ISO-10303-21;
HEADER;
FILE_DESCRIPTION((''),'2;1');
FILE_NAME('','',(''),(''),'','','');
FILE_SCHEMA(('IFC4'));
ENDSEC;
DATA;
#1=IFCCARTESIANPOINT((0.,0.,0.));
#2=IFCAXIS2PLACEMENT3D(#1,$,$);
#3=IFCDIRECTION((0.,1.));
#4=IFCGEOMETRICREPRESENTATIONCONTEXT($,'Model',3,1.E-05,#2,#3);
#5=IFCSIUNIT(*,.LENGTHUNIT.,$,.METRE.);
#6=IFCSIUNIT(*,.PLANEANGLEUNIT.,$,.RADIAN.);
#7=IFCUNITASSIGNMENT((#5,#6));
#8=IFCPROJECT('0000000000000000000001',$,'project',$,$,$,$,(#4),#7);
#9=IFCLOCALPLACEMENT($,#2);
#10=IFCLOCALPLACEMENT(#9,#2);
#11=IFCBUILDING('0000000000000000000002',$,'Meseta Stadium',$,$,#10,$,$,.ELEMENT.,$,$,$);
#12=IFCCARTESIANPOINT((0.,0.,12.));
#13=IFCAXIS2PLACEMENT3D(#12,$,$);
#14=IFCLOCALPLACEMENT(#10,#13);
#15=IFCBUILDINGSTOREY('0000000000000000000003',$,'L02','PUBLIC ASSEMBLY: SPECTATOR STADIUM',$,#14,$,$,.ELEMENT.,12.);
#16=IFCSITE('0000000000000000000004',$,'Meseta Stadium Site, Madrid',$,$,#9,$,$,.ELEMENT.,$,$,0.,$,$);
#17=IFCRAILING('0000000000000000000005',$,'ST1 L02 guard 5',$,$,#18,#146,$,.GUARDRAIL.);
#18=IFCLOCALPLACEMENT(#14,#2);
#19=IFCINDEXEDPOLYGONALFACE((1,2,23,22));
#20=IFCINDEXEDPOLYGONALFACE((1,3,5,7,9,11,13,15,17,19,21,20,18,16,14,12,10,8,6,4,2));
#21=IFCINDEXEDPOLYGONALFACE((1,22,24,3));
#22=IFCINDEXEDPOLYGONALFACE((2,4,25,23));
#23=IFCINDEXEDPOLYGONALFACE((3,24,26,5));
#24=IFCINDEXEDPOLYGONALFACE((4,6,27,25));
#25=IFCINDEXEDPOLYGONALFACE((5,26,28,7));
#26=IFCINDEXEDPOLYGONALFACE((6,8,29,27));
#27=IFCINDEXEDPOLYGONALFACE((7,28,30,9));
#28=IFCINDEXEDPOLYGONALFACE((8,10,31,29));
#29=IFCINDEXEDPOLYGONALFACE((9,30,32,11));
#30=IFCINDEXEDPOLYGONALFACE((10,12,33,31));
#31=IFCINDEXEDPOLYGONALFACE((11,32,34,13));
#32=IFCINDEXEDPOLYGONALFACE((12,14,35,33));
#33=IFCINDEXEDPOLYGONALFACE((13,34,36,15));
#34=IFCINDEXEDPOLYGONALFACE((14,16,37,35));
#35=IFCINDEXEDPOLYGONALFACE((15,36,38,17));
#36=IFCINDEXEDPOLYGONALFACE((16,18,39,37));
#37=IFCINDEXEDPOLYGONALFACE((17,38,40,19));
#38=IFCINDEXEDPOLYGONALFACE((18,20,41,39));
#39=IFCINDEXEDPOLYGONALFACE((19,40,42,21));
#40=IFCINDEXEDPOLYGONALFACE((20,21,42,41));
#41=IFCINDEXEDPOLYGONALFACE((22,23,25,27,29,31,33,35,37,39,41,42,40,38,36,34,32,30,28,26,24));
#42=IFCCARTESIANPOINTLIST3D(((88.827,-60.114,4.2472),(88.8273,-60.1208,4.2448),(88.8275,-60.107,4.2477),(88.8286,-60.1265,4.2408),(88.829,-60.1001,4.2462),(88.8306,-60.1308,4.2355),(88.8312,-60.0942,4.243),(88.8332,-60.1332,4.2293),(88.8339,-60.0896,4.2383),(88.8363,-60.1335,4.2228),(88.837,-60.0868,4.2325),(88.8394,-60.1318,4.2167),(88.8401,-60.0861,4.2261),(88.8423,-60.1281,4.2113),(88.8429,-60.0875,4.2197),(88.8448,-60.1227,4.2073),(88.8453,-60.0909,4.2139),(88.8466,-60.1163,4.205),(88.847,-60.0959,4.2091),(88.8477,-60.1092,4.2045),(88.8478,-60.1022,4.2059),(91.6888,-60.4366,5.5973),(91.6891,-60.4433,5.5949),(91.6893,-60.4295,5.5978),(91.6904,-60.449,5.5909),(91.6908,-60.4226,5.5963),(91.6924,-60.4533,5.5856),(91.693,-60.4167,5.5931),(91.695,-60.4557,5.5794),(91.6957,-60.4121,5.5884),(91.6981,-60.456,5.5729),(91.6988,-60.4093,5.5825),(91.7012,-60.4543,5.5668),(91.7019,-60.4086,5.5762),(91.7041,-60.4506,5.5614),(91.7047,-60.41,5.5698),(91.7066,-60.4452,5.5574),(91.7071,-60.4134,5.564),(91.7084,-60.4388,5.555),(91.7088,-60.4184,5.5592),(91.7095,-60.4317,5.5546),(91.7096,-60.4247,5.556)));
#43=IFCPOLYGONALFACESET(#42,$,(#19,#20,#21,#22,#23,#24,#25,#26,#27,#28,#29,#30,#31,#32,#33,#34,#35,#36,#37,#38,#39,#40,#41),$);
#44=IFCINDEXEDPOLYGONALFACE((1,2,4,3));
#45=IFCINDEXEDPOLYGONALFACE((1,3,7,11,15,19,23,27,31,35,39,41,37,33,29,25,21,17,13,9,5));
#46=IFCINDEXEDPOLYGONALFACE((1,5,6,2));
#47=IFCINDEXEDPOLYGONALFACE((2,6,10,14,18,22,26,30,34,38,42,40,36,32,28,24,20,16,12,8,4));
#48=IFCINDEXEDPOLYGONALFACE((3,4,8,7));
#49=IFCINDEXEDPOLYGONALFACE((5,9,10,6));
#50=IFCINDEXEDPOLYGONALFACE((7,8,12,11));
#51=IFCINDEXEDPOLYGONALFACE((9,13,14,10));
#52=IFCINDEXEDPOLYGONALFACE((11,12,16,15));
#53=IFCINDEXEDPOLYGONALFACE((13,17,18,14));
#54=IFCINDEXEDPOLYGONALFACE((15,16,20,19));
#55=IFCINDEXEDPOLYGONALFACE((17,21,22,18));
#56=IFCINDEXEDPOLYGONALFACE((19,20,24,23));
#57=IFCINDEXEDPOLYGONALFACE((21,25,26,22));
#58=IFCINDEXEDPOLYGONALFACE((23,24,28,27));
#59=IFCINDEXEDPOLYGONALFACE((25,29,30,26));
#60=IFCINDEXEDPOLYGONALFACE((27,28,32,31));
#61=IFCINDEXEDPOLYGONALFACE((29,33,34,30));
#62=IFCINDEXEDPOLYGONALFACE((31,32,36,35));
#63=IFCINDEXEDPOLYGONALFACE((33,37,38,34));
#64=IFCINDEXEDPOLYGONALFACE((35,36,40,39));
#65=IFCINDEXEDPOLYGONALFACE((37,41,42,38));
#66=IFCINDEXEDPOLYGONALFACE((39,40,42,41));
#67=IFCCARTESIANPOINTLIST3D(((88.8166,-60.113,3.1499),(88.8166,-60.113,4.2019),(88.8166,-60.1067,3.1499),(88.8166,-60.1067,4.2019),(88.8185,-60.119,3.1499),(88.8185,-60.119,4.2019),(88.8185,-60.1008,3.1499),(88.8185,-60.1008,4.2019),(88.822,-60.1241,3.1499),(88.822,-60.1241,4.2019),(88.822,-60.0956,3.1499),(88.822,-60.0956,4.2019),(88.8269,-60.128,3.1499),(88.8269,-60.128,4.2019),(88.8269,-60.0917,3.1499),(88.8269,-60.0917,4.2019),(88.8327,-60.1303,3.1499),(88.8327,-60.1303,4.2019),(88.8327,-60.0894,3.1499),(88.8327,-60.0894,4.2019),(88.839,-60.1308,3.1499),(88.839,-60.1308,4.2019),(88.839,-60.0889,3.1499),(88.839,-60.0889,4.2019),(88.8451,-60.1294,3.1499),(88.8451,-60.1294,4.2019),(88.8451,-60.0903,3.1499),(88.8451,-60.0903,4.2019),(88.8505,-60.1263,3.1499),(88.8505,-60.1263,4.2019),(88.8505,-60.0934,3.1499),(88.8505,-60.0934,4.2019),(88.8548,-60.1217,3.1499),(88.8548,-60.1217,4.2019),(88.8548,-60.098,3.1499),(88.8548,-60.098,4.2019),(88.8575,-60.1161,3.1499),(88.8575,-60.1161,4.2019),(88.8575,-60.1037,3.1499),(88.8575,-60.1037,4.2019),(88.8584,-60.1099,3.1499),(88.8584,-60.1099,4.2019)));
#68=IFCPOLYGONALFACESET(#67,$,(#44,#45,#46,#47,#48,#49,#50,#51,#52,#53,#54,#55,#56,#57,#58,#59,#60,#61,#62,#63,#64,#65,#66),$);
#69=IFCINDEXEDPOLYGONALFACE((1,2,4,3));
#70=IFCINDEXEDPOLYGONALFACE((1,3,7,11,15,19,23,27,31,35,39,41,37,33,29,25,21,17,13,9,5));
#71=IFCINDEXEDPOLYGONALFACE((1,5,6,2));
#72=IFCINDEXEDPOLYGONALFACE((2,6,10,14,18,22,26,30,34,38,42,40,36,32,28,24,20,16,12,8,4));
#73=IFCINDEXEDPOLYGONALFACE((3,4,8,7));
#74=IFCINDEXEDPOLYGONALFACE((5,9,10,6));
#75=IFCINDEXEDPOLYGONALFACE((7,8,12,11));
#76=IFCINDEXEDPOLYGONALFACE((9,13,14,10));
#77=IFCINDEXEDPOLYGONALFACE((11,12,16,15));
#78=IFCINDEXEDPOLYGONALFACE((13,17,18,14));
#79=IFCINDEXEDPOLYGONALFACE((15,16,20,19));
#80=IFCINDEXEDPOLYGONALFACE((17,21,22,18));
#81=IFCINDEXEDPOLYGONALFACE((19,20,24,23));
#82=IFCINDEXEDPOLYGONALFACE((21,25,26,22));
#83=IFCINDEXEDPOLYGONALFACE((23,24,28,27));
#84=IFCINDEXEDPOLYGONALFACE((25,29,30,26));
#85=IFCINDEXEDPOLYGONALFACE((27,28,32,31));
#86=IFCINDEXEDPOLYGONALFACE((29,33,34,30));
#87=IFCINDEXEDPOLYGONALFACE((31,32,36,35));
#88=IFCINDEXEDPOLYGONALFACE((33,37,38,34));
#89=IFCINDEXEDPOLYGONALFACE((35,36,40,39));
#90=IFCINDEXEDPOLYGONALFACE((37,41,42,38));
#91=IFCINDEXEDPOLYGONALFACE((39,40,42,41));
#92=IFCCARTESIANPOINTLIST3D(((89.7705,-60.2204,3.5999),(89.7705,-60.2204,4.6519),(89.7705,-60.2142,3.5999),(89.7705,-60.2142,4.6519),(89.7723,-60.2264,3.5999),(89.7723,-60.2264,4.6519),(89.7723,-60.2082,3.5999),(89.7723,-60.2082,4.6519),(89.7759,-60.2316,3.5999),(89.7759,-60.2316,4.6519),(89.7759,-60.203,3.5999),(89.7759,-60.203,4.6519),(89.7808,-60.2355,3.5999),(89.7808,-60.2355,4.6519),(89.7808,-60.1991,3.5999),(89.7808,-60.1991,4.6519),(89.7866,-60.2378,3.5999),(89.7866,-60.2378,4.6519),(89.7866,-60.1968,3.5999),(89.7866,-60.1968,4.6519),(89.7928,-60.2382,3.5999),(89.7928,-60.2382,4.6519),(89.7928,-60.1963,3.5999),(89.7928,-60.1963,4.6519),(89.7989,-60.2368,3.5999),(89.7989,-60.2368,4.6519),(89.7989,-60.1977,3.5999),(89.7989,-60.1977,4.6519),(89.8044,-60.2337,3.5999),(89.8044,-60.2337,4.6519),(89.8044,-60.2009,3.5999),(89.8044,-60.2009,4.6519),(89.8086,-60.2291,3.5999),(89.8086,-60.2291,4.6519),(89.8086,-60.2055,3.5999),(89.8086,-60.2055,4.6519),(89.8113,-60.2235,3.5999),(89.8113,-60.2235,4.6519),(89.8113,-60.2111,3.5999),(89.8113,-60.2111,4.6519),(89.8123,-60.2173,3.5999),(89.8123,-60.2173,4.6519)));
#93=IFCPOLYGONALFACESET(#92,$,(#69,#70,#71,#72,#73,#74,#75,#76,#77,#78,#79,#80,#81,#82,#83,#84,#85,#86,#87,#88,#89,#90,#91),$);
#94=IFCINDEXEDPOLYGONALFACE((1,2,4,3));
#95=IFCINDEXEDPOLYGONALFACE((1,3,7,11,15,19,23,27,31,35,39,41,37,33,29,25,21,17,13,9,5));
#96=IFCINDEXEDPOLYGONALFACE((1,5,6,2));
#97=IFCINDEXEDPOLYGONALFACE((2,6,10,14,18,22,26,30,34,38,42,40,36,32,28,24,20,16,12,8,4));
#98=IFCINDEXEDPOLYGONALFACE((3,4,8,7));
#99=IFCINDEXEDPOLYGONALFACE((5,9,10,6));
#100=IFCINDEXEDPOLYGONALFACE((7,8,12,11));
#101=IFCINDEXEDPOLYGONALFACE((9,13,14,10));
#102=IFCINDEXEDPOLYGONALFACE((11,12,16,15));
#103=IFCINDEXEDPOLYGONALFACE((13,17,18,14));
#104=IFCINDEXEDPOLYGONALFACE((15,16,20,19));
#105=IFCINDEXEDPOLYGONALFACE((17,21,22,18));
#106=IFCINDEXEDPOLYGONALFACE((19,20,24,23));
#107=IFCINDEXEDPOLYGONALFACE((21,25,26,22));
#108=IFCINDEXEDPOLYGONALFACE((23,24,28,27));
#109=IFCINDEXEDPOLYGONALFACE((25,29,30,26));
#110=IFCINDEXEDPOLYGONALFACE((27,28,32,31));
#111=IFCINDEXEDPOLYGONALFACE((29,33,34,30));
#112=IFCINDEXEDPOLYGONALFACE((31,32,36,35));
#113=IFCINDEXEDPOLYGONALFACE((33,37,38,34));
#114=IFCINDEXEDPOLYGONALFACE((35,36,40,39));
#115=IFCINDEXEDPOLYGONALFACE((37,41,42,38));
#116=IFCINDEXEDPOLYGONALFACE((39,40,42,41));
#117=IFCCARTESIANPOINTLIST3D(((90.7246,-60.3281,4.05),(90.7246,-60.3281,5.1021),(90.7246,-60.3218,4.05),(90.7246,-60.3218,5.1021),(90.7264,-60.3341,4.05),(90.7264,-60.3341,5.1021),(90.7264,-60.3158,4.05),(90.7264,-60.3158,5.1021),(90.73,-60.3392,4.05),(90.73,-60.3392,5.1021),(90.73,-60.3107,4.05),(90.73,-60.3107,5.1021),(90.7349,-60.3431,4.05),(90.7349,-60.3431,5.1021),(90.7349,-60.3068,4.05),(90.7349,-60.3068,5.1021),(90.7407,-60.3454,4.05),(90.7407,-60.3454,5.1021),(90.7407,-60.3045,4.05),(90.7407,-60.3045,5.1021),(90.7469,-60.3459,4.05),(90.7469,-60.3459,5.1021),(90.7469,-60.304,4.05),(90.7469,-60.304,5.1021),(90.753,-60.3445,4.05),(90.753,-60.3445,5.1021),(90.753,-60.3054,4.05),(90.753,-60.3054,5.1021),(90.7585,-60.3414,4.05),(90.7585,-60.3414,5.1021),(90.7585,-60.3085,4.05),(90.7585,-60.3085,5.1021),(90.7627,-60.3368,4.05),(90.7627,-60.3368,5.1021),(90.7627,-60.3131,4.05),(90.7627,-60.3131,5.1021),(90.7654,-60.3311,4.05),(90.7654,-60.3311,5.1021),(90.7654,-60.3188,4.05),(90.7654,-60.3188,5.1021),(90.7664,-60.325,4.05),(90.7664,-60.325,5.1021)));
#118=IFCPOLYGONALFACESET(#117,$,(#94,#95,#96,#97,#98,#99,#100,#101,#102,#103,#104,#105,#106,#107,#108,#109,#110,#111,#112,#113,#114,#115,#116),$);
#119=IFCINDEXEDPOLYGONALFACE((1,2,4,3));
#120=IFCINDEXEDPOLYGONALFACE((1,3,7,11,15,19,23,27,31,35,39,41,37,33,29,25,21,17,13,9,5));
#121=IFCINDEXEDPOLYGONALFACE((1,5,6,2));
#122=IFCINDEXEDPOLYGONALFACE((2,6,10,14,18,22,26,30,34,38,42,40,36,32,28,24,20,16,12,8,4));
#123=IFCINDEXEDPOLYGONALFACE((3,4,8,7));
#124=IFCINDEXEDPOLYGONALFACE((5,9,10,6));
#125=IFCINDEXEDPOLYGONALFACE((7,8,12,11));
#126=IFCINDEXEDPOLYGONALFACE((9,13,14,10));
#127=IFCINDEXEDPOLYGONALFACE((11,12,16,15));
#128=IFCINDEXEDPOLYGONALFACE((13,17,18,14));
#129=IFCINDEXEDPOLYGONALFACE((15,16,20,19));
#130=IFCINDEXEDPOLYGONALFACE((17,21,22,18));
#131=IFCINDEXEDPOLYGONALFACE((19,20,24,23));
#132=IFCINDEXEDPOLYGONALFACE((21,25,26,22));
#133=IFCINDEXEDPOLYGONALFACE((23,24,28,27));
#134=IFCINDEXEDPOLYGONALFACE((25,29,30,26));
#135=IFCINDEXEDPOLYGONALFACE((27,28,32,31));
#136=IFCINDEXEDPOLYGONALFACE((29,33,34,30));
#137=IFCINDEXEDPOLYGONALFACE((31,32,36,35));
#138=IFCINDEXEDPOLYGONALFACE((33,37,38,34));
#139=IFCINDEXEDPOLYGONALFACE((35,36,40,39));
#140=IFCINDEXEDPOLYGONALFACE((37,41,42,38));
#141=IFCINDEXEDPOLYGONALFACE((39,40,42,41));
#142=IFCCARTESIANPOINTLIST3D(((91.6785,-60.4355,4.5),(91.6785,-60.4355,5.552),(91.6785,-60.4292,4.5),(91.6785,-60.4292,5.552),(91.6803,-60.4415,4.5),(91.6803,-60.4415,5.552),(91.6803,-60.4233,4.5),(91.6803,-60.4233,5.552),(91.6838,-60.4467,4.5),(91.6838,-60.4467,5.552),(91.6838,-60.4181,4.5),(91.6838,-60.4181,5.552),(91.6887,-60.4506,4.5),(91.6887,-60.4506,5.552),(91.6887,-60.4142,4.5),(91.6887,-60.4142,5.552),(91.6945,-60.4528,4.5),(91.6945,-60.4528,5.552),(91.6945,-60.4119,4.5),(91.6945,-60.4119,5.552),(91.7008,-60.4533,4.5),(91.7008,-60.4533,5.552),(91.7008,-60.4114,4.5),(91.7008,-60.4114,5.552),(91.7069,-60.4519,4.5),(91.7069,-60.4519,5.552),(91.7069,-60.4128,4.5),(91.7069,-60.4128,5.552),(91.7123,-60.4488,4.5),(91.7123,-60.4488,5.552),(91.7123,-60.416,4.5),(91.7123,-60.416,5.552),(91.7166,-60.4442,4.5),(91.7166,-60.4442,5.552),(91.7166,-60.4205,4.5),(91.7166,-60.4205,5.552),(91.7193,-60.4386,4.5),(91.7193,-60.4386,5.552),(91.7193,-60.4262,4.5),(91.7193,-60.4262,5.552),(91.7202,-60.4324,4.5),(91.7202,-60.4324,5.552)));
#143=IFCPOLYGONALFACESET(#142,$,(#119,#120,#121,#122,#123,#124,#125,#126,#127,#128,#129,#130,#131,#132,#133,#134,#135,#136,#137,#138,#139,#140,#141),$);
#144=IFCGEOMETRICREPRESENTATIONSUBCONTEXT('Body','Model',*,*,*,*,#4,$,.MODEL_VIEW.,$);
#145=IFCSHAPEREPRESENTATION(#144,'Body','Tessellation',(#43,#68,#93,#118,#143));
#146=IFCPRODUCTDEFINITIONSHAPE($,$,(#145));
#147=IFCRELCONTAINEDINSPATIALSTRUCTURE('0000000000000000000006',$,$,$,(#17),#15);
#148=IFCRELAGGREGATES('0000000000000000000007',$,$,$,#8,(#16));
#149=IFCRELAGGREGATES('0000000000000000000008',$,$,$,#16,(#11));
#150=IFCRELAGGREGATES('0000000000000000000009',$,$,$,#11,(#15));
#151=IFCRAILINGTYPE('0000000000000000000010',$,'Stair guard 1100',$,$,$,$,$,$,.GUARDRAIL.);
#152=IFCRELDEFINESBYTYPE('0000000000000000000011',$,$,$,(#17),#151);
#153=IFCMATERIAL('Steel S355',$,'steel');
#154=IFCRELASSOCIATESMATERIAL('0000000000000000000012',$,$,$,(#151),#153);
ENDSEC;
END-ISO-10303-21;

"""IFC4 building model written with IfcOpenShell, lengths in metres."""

from ifc_helpers import new_model, si_unit, direction, frame, origin, origin_2d, place, context, subcontext, project, spatial, circle, extrude, material, type_object, element, save


model = new_model("IFC4")

# Units and contexts
model_context = context("Model", 3, precision=1e-05, world=origin(), true_north=direction((0.0, 1.0)))
body_context = subcontext(model_context, "Body", "Model", "MODEL_VIEW")
ifc_project = project(units=[si_unit("LENGTHUNIT", "METRE"), si_unit("PLANEANGLEUNIT", "RADIAN")], contexts=[model_context])

# Site, building, storey
site_placement = place(None, origin())
site = spatial("IfcSite", under=ifc_project, at=site_placement, Name="Meseta Stadium Site, Madrid", CompositionType="ELEMENT", RefElevation=0.0)
building_placement = place(site_placement, origin())
building = spatial("IfcBuilding", under=site, at=building_placement, Name="Meseta Stadium", CompositionType="ELEMENT")
storey_placement = place(building_placement, frame((0.0, 0.0, 12.0)))
storey = spatial("IfcBuildingStorey", under=building, at=storey_placement, Name="L02", Description="PUBLIC ASSEMBLY: SPECTATOR STADIUM", CompositionType="ELEMENT", Elevation=12.0)

# Railing
ifc_material_1 = material(Name="Steel S355", Category="steel")
railing_type_1 = type_object("IfcRailingType", Name="Stair guard 1100", PredefinedType="GUARDRAIL", material=ifc_material_1)
railing_1_placement = place(storey_placement, frame((88.8374, -60.1099, 3.1499)))
element("IfcRailing", 1, at=railing_1_placement, inside=storey, type_object=railing_type_1, Name="ST1 L02 guard 5", PredefinedType="GUARDRAIL", context=body_context, shape_type="SweptSolid", body=[
    extrude(circle(Radius=0.0239, at=origin_2d()), frame((0.0, 0.0, 1.0762), z_axis=(0.899748, -0.101396, 0.424467), x_axis=(0.111985, 0.99371, 0.0)), (0.0, 0.0, 1.0), 3.1807),
    extrude(circle(Radius=0.021, at=origin_2d()), origin(), (0.0, 0.0, 1.0), 1.052),
    extrude(circle(Radius=0.021, at=origin_2d()), frame((0.9539, -0.1074, 0.45)), (0.0, 0.0, 1.0), 1.052),
    extrude(circle(Radius=0.021, at=origin_2d()), frame((1.908, -0.2151, 0.9001)), (0.0, 0.0, 1.0), 1.052),
    extrude(circle(Radius=0.021, at=origin_2d()), frame((2.8618, -0.3225, 1.3501)), (0.0, 0.0, 1.0), 1.052),
])

save(model, "model.ifc")
